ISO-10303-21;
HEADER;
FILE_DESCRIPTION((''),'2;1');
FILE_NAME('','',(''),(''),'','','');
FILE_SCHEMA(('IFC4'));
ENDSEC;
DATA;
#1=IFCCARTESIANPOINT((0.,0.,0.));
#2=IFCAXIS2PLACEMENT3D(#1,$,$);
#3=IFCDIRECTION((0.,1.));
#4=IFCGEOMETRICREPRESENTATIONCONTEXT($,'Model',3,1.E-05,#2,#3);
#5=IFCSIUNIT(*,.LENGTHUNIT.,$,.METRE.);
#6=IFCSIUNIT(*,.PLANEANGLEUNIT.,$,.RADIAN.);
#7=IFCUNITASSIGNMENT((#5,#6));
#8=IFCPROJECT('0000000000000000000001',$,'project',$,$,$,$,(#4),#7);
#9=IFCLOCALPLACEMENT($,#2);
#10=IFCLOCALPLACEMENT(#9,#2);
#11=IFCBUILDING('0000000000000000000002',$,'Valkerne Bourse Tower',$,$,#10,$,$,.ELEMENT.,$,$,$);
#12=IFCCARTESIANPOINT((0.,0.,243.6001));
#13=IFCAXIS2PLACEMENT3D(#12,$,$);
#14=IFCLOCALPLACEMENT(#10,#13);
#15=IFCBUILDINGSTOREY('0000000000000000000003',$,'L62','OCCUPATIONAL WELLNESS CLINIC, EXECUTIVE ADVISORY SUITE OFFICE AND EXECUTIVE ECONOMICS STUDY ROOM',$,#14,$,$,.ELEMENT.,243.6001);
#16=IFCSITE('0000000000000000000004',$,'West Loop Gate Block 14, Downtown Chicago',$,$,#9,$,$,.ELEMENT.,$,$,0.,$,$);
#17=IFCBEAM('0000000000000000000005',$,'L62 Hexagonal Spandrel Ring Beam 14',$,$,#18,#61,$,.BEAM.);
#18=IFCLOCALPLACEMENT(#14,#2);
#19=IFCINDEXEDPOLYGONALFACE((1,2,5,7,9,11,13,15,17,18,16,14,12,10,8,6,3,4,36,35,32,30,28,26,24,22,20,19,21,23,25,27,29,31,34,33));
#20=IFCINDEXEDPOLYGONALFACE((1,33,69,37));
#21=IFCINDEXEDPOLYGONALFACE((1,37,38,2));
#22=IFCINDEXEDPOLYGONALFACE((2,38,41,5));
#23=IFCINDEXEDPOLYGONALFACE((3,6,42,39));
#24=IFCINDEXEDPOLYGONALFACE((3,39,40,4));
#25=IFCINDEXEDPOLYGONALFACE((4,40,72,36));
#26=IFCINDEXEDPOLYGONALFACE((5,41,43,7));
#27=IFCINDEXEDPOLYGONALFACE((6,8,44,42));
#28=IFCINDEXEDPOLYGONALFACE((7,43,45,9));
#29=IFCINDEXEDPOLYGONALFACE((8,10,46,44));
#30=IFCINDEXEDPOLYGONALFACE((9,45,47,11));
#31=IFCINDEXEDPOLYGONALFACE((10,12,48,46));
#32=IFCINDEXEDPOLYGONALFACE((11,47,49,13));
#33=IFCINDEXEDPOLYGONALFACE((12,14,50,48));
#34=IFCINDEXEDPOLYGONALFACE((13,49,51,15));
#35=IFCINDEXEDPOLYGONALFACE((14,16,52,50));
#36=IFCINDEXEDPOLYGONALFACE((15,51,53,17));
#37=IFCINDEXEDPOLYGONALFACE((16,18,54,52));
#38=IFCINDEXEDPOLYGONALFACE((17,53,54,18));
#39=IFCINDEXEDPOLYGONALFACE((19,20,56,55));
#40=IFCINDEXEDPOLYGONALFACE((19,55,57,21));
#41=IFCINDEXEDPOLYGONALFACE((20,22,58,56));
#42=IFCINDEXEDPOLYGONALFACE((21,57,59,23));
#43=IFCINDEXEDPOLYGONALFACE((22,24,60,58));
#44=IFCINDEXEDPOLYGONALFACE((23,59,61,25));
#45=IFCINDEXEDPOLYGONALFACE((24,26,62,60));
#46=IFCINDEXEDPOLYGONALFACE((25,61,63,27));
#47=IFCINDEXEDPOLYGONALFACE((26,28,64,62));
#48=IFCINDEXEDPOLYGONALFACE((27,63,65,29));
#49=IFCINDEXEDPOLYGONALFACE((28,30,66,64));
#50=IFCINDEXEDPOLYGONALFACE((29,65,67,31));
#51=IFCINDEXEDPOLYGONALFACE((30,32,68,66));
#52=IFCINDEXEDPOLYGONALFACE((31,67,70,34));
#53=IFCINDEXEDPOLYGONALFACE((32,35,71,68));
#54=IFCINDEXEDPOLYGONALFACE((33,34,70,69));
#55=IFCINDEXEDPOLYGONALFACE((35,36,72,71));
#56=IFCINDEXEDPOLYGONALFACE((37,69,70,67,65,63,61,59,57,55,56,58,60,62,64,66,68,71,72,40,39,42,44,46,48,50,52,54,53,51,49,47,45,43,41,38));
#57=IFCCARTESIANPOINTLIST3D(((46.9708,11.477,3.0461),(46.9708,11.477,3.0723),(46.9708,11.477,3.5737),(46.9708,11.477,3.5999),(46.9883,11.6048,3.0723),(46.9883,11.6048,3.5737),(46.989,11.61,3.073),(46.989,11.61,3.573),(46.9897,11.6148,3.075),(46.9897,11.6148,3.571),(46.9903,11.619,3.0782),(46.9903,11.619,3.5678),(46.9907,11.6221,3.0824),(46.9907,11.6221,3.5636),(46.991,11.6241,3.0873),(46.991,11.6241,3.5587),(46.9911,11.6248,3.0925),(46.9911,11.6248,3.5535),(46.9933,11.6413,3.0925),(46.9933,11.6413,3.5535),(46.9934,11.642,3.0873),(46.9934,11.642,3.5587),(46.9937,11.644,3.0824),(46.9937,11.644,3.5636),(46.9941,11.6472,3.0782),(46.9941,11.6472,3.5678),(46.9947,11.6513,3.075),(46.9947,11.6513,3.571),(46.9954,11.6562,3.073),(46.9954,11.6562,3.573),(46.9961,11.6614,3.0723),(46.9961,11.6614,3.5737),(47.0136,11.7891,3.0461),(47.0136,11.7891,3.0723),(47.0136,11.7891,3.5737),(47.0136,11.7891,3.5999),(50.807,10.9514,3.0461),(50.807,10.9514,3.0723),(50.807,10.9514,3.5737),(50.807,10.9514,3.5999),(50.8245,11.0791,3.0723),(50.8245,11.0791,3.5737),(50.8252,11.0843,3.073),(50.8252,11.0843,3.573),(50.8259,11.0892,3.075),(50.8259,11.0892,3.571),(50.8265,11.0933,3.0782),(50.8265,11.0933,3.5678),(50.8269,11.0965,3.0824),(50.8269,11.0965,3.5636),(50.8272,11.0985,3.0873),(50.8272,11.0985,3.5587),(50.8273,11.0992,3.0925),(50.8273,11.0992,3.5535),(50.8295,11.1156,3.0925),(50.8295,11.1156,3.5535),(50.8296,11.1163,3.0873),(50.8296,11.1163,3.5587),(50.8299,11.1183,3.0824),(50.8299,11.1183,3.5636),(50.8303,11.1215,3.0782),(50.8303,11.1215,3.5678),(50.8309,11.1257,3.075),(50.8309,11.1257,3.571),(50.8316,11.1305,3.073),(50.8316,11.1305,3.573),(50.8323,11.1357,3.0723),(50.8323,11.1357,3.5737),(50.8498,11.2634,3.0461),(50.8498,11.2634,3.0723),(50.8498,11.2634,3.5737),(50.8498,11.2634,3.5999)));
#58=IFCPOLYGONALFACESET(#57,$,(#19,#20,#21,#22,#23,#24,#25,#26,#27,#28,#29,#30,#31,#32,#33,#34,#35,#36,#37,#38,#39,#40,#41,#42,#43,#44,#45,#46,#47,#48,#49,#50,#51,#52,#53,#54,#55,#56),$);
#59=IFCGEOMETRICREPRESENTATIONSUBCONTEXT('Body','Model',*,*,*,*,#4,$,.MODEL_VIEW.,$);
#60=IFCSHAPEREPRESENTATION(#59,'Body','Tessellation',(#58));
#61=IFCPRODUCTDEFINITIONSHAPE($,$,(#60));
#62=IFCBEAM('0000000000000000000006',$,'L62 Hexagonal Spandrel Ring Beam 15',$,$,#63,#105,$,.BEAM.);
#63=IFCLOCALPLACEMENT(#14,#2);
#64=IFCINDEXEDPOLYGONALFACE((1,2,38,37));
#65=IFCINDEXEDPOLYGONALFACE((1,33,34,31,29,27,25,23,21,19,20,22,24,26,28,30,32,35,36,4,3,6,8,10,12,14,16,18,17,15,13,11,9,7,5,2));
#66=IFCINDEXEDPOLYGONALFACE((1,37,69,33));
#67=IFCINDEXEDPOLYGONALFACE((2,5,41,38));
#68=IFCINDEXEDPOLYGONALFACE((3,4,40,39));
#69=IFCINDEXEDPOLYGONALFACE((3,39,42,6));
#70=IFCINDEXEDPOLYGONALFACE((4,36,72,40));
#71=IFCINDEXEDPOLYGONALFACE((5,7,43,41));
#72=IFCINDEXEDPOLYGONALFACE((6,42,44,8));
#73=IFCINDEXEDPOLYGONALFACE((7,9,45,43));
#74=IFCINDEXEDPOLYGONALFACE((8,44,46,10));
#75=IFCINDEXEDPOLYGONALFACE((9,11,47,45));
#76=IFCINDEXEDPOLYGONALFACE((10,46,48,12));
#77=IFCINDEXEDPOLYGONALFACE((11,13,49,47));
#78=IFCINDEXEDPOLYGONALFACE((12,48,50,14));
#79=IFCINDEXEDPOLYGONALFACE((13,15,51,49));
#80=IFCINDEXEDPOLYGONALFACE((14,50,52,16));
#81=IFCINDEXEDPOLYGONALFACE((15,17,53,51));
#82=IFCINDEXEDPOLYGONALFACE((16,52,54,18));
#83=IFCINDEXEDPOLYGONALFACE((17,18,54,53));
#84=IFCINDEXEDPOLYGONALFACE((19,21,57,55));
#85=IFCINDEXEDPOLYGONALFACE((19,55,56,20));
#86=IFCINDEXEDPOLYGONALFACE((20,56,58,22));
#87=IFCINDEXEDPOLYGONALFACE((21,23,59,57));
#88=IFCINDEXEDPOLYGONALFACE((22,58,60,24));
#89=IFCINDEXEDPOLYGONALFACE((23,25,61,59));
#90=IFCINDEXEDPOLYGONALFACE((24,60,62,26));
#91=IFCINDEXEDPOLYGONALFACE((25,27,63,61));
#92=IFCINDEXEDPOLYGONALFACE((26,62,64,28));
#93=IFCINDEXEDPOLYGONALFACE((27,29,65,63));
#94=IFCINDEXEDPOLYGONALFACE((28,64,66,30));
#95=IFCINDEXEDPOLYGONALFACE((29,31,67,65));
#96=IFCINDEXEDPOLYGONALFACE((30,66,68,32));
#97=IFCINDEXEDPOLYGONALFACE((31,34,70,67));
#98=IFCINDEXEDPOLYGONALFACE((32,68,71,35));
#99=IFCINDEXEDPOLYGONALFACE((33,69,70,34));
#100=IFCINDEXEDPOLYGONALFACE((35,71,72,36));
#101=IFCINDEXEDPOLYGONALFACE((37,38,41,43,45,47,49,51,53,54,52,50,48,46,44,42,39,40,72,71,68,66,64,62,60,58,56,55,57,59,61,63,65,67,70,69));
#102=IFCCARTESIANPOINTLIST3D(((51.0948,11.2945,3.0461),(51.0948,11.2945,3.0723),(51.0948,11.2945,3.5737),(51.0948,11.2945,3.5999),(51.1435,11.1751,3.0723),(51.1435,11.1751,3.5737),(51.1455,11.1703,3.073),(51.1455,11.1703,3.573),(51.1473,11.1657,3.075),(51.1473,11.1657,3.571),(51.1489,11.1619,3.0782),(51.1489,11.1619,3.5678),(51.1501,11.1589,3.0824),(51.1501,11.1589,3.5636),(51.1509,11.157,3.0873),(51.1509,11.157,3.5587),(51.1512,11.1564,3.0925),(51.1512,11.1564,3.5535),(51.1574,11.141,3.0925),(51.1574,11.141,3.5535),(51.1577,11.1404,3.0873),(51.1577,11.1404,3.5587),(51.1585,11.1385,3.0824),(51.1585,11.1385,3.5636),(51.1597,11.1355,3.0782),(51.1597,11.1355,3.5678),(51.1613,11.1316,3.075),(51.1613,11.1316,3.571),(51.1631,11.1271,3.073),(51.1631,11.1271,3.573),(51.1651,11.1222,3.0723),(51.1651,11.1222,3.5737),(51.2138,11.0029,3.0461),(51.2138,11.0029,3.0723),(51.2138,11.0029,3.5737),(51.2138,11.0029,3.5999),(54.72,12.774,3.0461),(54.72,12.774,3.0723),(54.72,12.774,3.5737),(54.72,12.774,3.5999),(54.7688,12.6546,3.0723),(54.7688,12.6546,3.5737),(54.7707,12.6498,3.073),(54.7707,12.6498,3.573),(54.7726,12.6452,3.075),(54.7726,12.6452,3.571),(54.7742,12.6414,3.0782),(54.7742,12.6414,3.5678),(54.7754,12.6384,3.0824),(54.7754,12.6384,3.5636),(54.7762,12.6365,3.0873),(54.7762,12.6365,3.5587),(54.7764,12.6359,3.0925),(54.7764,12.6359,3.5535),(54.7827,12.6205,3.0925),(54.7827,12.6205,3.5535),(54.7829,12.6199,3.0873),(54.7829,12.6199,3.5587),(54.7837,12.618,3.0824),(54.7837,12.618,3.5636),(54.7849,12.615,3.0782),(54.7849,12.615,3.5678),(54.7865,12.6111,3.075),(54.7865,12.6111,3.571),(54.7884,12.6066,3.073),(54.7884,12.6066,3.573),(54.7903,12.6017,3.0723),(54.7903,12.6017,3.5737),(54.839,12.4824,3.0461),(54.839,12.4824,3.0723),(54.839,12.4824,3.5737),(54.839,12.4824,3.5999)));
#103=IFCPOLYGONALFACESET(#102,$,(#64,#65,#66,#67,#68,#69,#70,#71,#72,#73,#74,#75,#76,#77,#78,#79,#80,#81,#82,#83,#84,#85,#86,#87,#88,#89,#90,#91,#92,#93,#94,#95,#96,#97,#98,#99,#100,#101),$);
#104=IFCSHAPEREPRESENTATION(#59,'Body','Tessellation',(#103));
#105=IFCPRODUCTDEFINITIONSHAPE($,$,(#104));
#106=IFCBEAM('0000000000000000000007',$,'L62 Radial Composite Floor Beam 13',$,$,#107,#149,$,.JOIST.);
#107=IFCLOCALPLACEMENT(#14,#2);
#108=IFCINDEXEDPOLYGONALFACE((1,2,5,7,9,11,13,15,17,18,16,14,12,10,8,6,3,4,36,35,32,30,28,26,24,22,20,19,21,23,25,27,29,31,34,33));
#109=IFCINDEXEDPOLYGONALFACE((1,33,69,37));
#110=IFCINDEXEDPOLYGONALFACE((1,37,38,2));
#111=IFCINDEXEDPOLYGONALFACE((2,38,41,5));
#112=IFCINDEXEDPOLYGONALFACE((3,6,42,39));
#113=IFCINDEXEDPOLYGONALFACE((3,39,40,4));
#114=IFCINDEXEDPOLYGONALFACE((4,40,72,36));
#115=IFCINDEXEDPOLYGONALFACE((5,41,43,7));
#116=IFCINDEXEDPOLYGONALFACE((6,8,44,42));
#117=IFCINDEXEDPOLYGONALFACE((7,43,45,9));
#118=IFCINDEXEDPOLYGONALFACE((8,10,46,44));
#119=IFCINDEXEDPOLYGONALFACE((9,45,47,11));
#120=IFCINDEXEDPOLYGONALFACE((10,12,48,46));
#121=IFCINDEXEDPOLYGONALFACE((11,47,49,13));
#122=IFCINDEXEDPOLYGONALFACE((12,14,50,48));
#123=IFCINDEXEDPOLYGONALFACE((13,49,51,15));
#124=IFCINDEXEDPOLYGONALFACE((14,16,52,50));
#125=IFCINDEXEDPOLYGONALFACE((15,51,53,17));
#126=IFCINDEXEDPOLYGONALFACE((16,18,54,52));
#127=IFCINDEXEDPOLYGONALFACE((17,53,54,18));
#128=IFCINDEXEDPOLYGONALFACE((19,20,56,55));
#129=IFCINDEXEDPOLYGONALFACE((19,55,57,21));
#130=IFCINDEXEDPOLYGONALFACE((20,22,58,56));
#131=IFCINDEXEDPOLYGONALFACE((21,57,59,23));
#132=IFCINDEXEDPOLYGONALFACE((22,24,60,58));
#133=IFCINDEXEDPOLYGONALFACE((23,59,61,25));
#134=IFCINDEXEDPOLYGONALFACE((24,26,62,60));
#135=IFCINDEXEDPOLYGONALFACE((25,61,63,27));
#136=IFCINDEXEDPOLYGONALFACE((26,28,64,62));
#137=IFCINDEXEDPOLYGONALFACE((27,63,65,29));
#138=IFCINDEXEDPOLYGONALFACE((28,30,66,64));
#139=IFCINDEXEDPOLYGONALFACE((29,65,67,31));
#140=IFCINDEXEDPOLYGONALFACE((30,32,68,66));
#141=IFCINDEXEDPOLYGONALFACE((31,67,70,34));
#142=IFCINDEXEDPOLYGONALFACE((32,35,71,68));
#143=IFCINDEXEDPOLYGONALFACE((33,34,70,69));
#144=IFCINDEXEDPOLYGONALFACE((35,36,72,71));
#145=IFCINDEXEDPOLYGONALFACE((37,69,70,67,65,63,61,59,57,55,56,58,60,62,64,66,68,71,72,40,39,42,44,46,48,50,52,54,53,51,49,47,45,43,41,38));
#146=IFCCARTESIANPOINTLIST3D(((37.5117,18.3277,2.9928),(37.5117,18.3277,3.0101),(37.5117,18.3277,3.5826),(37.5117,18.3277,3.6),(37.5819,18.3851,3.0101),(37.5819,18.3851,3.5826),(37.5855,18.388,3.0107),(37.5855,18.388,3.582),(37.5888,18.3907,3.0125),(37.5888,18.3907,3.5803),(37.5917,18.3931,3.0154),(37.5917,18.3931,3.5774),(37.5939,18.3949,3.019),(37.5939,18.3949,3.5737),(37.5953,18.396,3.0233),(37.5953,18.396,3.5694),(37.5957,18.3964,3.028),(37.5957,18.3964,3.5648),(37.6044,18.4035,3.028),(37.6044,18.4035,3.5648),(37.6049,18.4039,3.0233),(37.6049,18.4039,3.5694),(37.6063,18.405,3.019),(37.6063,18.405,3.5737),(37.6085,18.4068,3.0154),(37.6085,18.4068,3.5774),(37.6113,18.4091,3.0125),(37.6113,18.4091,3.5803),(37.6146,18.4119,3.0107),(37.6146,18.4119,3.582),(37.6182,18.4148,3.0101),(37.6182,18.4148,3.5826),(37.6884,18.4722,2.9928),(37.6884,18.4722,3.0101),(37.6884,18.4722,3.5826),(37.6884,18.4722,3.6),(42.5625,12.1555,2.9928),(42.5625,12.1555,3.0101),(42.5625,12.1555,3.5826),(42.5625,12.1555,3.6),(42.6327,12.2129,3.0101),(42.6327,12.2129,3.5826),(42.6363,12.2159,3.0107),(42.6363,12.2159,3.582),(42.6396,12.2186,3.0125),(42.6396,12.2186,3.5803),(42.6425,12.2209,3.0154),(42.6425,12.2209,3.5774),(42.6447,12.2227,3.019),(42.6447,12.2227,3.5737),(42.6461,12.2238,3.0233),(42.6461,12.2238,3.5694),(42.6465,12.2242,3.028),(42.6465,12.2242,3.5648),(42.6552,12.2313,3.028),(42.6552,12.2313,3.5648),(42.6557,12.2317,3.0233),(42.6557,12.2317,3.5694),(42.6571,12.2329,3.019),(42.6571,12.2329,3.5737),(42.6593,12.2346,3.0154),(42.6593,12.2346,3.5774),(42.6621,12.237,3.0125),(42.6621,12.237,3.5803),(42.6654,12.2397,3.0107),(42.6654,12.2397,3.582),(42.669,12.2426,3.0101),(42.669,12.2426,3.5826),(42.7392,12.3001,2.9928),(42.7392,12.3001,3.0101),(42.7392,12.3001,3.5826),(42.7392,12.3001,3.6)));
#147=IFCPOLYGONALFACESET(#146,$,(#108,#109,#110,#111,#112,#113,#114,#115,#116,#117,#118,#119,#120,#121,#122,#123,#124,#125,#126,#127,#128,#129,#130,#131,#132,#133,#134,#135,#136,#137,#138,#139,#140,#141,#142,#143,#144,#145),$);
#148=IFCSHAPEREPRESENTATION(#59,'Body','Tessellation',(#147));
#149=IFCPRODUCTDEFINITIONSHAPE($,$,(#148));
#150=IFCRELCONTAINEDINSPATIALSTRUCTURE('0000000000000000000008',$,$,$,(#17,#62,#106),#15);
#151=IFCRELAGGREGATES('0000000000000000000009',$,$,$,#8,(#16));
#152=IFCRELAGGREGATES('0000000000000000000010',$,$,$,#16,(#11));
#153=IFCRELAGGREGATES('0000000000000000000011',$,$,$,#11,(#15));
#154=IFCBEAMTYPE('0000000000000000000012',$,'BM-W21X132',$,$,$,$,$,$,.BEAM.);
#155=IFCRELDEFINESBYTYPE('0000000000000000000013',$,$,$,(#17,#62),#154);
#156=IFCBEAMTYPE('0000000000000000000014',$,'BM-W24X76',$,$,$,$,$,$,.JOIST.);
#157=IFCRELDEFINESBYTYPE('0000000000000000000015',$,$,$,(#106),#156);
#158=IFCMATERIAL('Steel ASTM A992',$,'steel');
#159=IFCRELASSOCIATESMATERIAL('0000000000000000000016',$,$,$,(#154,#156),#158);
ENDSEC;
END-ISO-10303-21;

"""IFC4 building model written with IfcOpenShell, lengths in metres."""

from ifc_helpers import new_model, si_unit, direction, frame, origin, origin_2d, place, context, subcontext, project, spatial, i_section, extrude, material, material_profile, profile_set, type_object, element, save


model = new_model("IFC4")

# Units and contexts
model_context = context("Model", 3, precision=1e-05, world=origin(), true_north=direction((0.0, 1.0)))
body_context = subcontext(model_context, "Body", "Model", "MODEL_VIEW")
ifc_project = project(units=[si_unit("LENGTHUNIT", "METRE"), si_unit("PLANEANGLEUNIT", "RADIAN")], contexts=[model_context])

# Site, building, storey
site_placement = place(None, origin())
site = spatial("IfcSite", under=ifc_project, at=site_placement, Name="West Loop Gate Block 14, Downtown Chicago", CompositionType="ELEMENT", RefElevation=0.0)
building_placement = place(site_placement, origin())
building = spatial("IfcBuilding", under=site, at=building_placement, Name="Valkerne Bourse Tower", CompositionType="ELEMENT")
storey_placement = place(building_placement, frame((0.0, 0.0, 243.6001)))
storey = spatial("IfcBuildingStorey", under=building, at=storey_placement, Name="L62", Description="OCCUPATIONAL WELLNESS CLINIC, EXECUTIVE ADVISORY SUITE OFFICE AND EXECUTIVE ECONOMICS STUDY ROOM", CompositionType="ELEMENT", Elevation=243.6001)

# Beams
ifc_material_1 = material(Name="Steel ASTM A992", Category="steel")
ifc_material_profile_1 = material_profile(ifc_material_1, i_section(OverallWidth=0.3149, OverallDepth=0.5537, WebThickness=0.0166, FlangeThickness=0.0261, FilletRadius=0.0203, at=origin_2d()), Name="W21X132")
ifc_profile_set_1 = profile_set([ifc_material_profile_1], Name="Steel ASTM A992")
beam_type_1 = type_object("IfcBeamType", Name="BM-W21X132", PredefinedType="BEAM", material=ifc_profile_set_1)
beam_1_placement = place(storey_placement, frame((46.9922, 11.6331, 3.323), z_axis=(0.990743, -0.135752, 0.0), x_axis=(0.135752, 0.990743, 0.0)))
element("IfcBeam", 1, at=beam_1_placement, inside=storey, type_object=beam_type_1, Name="L62 Hexagonal Spandrel Ring Beam 14", PredefinedType="BEAM", context=body_context, shape_type="SweptSolid", body=[
    extrude(i_section(OverallWidth=0.3149, OverallDepth=0.5537, WebThickness=0.0166, FlangeThickness=0.0261, FilletRadius=0.0203, at=origin_2d()), origin(), (0.0, 0.0, 1.0), 3.8721),
])
beam_2_placement = place(storey_placement, frame((51.1543, 11.1487, 3.323), z_axis=(0.925865, 0.377853, 0.0), x_axis=(-0.377853, 0.925865, 0.0)))
element("IfcBeam", 2, at=beam_2_placement, inside=storey, type_object=beam_type_1, Name="L62 Hexagonal Spandrel Ring Beam 15", PredefinedType="BEAM", context=body_context, shape_type="SweptSolid", body=[
    extrude(i_section(OverallWidth=0.3149, OverallDepth=0.5537, WebThickness=0.0166, FlangeThickness=0.0261, FilletRadius=0.0203, at=origin_2d()), origin(), (0.0, 0.0, 1.0), 3.9155),
])
ifc_material_profile_2 = material_profile(ifc_material_1, i_section(OverallWidth=0.2283, OverallDepth=0.6072, WebThickness=0.0112, FlangeThickness=0.0173, FilletRadius=0.0178, at=origin_2d()), Name="W24X76")
ifc_profile_set_2 = profile_set([ifc_material_profile_2], Name="Steel ASTM A992")
beam_type_2 = type_object("IfcBeamType", Name="BM-W24X76", PredefinedType="JOIST", material=ifc_profile_set_2)
beam_3_placement = place(storey_placement, frame((42.6509, 12.2278, 3.2964), z_axis=(-0.633303, 0.773904, 0.0), x_axis=(-0.773904, -0.633303, 0.0)))
element("IfcBeam", 3, at=beam_3_placement, inside=storey, type_object=beam_type_2, Name="L62 Radial Composite Floor Beam 13", PredefinedType="JOIST", context=body_context, shape_type="SweptSolid", body=[
    extrude(i_section(OverallWidth=0.2283, OverallDepth=0.6072, WebThickness=0.0112, FlangeThickness=0.0173, FilletRadius=0.0178, at=origin_2d()), origin(), (0.0, 0.0, 1.0), 7.9753),
])

save(model, "model.ifc")
